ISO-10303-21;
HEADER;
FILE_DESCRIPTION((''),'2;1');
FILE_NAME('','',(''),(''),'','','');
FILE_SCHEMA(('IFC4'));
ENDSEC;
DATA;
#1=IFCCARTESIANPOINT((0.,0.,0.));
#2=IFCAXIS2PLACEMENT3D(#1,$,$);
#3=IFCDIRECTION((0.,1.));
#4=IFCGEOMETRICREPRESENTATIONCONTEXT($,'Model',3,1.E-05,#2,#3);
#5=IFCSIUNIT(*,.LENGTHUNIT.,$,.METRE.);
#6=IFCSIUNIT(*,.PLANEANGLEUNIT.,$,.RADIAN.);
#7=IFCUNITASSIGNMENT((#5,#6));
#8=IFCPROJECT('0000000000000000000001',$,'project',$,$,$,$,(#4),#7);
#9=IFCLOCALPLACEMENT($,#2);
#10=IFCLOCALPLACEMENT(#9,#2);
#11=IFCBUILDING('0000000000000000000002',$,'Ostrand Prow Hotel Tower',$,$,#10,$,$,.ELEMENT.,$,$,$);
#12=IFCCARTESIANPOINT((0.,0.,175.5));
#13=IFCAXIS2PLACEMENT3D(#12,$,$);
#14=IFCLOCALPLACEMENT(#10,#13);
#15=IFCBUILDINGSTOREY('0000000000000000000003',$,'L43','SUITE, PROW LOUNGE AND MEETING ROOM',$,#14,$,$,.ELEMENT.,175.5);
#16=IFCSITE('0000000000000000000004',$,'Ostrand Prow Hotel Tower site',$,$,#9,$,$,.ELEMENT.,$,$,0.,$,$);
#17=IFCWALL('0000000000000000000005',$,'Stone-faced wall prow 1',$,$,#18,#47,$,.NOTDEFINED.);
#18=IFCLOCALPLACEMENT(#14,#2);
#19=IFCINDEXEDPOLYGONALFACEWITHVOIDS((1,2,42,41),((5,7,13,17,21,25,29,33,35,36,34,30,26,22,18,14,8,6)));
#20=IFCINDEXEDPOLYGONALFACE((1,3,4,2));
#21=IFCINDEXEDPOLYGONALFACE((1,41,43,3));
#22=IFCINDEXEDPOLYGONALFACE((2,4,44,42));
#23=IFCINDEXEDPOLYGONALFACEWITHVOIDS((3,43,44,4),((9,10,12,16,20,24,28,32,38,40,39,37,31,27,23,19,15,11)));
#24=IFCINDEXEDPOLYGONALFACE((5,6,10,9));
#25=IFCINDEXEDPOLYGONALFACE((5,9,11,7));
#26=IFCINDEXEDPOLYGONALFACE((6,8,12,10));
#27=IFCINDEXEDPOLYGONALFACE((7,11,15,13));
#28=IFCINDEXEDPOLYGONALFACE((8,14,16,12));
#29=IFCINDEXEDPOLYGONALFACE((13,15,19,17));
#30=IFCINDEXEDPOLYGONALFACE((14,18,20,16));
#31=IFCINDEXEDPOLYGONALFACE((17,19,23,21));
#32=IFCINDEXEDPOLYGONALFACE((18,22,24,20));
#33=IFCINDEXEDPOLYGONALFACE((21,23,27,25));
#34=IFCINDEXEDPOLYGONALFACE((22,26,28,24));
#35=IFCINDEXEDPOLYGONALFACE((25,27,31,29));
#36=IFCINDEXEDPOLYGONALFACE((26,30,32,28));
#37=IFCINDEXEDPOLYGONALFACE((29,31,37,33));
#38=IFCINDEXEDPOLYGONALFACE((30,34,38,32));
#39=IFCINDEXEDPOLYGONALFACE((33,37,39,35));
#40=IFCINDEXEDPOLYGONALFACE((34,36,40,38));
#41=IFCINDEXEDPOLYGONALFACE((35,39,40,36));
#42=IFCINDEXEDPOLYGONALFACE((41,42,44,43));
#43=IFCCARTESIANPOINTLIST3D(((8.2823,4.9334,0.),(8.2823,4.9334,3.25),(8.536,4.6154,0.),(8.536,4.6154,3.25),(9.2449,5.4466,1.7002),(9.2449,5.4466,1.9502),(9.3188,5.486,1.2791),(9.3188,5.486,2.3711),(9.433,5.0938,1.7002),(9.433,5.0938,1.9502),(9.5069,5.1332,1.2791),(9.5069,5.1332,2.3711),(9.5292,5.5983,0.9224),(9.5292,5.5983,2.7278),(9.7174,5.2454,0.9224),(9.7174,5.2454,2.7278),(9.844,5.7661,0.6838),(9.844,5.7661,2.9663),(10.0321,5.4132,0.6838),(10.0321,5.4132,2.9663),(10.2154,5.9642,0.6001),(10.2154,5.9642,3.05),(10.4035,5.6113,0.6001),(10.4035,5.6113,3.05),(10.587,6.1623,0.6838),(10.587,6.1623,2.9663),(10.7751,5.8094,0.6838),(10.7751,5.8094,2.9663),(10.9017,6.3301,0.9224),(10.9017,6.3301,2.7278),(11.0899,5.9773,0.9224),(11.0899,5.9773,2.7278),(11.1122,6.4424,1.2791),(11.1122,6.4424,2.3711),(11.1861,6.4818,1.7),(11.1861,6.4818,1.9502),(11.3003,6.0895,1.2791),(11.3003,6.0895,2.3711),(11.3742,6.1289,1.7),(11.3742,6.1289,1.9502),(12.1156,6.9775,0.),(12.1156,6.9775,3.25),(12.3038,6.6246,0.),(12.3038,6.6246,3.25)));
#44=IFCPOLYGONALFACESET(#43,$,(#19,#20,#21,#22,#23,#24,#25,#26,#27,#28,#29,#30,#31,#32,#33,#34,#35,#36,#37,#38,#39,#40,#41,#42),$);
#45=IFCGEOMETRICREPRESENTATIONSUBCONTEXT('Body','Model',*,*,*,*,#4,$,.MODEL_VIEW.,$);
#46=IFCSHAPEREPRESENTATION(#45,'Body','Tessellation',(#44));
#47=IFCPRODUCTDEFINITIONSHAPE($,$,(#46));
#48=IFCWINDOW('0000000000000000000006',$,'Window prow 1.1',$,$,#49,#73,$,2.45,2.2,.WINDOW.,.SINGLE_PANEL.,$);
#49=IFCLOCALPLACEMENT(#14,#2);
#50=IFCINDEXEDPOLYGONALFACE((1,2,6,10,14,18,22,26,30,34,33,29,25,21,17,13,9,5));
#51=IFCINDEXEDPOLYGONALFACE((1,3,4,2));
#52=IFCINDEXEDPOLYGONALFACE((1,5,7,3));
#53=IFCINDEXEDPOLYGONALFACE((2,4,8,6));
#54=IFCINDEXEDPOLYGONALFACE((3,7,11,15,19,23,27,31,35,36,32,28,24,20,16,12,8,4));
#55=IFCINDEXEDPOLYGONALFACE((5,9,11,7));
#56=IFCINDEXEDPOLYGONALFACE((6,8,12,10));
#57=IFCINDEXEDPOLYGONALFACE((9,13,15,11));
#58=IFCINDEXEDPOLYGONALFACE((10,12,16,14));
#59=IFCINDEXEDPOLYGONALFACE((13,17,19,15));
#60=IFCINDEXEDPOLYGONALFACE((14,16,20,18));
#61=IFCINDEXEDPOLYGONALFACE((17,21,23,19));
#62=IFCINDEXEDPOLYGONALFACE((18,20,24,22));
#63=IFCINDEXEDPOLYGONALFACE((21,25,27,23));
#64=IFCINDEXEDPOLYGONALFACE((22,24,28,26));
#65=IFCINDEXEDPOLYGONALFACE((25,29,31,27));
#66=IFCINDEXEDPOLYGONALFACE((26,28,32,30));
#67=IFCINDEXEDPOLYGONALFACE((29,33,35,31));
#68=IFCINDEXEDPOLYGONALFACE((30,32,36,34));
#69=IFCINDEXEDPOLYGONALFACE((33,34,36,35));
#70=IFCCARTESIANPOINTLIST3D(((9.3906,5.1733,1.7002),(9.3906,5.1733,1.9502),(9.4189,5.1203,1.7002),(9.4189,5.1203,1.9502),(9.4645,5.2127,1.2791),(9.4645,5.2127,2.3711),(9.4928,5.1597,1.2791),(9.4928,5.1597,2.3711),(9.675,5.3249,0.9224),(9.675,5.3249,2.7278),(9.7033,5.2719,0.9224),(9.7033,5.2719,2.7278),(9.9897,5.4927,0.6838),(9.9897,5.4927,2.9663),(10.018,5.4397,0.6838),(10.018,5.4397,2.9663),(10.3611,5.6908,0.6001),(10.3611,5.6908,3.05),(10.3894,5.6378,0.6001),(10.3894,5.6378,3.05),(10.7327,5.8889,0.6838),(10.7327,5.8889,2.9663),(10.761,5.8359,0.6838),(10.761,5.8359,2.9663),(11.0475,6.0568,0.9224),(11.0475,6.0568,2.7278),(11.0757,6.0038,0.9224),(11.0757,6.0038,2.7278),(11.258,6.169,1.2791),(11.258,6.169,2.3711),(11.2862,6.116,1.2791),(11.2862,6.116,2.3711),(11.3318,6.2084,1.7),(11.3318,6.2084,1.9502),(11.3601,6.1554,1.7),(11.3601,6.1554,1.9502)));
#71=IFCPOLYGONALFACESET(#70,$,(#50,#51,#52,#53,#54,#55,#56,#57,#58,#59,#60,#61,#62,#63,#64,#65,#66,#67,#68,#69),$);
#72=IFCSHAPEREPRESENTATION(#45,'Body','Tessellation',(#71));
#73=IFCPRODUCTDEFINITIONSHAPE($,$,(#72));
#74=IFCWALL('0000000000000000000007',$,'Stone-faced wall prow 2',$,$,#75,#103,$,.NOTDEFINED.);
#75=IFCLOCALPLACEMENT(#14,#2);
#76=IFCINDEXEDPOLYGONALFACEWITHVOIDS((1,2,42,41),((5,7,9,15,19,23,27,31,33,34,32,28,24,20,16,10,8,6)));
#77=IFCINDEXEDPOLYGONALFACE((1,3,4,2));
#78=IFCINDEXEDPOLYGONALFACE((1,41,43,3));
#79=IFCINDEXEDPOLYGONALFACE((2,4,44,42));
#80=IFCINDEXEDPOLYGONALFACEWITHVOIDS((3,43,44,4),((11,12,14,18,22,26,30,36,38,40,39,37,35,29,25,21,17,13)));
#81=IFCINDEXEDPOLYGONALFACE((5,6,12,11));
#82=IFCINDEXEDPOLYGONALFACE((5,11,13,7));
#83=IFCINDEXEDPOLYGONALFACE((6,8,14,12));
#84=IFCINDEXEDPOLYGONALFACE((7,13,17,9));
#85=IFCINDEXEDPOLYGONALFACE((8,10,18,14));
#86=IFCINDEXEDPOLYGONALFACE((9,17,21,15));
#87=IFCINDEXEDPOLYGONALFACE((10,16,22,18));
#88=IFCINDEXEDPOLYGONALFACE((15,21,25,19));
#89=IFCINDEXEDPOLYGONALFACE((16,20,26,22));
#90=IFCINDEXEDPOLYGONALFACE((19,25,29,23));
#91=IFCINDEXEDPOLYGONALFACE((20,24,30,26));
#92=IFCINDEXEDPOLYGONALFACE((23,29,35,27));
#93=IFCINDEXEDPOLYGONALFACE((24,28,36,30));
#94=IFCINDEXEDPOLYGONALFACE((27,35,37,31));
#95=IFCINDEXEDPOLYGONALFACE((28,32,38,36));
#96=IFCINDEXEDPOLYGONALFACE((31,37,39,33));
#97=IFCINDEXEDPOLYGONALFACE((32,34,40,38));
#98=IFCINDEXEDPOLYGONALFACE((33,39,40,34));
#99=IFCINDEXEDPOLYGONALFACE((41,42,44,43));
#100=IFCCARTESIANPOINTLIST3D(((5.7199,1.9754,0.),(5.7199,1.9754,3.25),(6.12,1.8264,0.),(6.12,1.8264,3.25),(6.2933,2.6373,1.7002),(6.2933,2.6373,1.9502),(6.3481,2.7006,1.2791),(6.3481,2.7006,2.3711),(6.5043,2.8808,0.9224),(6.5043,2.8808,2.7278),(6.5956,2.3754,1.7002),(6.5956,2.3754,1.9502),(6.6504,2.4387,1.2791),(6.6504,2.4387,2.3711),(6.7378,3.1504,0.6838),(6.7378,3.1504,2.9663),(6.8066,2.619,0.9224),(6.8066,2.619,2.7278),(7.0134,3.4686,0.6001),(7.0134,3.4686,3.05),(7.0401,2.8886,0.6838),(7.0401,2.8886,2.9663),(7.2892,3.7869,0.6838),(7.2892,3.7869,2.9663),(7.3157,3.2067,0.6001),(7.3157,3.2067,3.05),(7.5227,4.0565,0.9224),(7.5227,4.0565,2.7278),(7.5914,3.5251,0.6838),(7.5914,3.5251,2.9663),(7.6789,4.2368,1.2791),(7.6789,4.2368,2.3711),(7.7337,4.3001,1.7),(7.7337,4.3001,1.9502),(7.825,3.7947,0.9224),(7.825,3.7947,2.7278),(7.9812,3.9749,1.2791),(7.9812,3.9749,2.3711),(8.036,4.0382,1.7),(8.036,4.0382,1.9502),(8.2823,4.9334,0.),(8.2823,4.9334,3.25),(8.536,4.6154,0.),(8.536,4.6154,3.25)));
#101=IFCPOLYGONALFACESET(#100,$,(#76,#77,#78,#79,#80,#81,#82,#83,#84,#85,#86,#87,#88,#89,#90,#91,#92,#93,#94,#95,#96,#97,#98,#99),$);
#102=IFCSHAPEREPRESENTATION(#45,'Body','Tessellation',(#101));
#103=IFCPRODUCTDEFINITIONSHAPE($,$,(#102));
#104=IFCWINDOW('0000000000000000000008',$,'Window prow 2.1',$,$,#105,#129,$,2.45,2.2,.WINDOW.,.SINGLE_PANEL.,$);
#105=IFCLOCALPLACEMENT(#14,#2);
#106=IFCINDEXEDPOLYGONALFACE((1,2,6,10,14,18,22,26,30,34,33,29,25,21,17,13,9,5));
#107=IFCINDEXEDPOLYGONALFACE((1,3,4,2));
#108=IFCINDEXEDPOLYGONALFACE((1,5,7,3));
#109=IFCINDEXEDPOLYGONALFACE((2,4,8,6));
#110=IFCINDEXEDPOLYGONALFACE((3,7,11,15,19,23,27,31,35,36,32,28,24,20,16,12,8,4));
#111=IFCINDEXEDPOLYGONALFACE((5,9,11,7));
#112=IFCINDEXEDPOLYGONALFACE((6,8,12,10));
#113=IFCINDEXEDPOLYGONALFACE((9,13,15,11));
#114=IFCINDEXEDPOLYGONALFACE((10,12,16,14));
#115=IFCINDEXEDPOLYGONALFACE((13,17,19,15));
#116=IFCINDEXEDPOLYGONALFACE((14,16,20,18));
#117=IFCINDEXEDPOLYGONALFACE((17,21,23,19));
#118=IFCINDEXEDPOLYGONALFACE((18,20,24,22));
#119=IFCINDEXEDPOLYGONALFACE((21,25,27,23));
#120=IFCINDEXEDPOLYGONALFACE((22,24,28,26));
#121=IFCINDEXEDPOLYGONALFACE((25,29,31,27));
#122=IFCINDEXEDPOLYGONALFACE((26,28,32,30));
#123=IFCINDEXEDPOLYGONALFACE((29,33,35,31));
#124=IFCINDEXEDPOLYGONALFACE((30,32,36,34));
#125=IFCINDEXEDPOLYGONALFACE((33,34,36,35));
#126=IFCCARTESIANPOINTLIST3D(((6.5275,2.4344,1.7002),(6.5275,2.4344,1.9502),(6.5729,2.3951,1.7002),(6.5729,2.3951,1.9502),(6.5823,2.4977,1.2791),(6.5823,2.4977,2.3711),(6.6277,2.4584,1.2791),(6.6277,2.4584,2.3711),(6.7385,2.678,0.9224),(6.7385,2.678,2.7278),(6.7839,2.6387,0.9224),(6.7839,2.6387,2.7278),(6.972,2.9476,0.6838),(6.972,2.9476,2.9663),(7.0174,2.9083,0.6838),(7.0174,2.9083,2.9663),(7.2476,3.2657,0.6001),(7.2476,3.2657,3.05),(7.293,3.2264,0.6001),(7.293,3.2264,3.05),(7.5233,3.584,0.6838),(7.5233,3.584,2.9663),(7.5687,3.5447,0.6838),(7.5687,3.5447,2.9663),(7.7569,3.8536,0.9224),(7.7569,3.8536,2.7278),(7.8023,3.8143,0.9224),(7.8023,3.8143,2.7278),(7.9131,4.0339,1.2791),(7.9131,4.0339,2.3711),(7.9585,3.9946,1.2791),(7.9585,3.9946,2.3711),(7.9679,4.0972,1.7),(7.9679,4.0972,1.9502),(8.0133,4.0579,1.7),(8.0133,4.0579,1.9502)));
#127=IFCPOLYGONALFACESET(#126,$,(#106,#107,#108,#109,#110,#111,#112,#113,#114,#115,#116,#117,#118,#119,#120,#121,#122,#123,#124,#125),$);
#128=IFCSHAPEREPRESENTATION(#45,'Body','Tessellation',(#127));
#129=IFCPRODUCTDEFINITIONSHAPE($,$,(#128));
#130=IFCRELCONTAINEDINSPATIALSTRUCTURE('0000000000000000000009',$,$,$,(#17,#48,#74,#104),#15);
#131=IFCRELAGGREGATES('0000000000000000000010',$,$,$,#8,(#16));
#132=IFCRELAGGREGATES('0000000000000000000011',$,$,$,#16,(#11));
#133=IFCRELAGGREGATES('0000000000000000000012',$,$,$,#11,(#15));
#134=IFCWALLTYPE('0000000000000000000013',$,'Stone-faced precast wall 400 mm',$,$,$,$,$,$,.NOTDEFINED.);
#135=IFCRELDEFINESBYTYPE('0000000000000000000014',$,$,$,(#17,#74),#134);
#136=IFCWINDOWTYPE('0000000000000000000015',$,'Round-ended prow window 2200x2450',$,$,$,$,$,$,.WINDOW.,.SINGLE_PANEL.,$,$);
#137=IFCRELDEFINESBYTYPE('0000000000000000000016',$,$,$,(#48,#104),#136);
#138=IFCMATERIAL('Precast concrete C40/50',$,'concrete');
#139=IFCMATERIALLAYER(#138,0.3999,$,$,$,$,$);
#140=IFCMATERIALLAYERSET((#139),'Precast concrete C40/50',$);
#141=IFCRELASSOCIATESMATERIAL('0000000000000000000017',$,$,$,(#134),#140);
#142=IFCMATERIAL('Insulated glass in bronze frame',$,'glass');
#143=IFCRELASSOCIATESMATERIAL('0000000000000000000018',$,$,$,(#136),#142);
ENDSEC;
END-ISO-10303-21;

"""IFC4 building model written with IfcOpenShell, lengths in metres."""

from ifc_helpers import new_model, si_unit, direction, frame, origin, place, context, subcontext, project, spatial, polyline, outline, extrude, material, layer, layer_set, type_object, element, fill, save


model = new_model("IFC4")

# Units and contexts
model_context = context("Model", 3, precision=1e-05, world=origin(), true_north=direction((0.0, 1.0)))
body_context = subcontext(model_context, "Body", "Model", "MODEL_VIEW")
ifc_project = project(units=[si_unit("LENGTHUNIT", "METRE"), si_unit("PLANEANGLEUNIT", "RADIAN")], contexts=[model_context])

# Site, building, storey
site_placement = place(None, origin())
site = spatial("IfcSite", under=ifc_project, at=site_placement, Name="Ostrand Prow Hotel Tower site", CompositionType="ELEMENT", RefElevation=0.0)
building_placement = place(site_placement, origin())
building = spatial("IfcBuilding", under=site, at=building_placement, Name="Ostrand Prow Hotel Tower", CompositionType="ELEMENT")
storey_placement = place(building_placement, frame((0.0, 0.0, 175.5)))
storey = spatial("IfcBuildingStorey", under=building, at=storey_placement, Name="L43", Description="SUITE, PROW LOUNGE AND MEETING ROOM", CompositionType="ELEMENT", Elevation=175.5)

# Walls, openings, windows
ifc_material_1 = material(Name="Precast concrete C40/50", Category="concrete")
ifc_layer_1 = layer(ifc_material_1, 0.3999)
ifc_layer_set_1 = layer_set([ifc_layer_1], Name="Precast concrete C40/50")
wall_type = type_object("IfcWallType", Name="Stone-faced precast wall 400 mm", PredefinedType="NOTDEFINED", material=ifc_layer_set_1)
wall_1_placement = place(storey_placement, frame((12.2097, 6.801, 0.0), z_axis=(0.0, 0.0, 1.0), x_axis=(-0.882386, -0.470526, 0.0)))
wall_1 = element("IfcWall", 1, at=wall_1_placement, inside=storey, type_object=wall_type, Name="Stone-faced wall prow 1", PredefinedType="NOTDEFINED", context=body_context, shape_type="SweptSolid", body=[
    extrude(outline(polyline([(0.0, -0.2), (4.3442, -0.2), (4.27, 0.2), (0.0, 0.2), (0.0, -0.2)])), origin(), (0.0, 0.0, 1.0), 3.25),
])
opening_1_placement = place(wall_1_placement, frame((1.0535, 0.0, 0.6001)))
opening_1 = element("IfcOpeningElement", 2, at=opening_1_placement, cuts=wall_1, PredefinedType="OPENING", context=body_context, shape_type="SweptSolid", body=[
    extrude(outline(polyline([(0.0, 1.3501), (0.0837, 1.771), (0.3223, 2.1277), (0.679, 2.3662), (1.1001, 2.45), (1.521, 2.3662), (1.8777, 2.1277), (2.1162, 1.771), (2.2, 1.3501), (2.2, 1.1001), (2.1162, 0.679), (1.8777, 0.3223), (1.521, 0.0837), (1.1001, 0.0), (0.679, 0.0837), (0.3223, 0.3223), (0.0837, 0.679), (0.0, 1.0999), (0.0, 1.3501)])), frame((0.0, 0.21, 0.0), z_axis=(0.0, -1.0, 0.0), x_axis=(1.0, 0.0, 0.0)), (0.0, 0.0, 1.0), 0.4199),
])
ifc_material_2 = material(Name="Insulated glass in bronze frame", Category="glass")
window_type = type_object("IfcWindowType", Name="Round-ended prow window 2200x2450", PartitioningType="SINGLE_PANEL", PredefinedType="WINDOW", material=ifc_material_2)
window_1_placement = place(opening_1_placement, origin())
window_1 = element("IfcWindow", 3, at=window_1_placement, inside=storey, type_object=window_type, Name="Window prow 1.1", OverallHeight=2.45, OverallWidth=2.2, PartitioningType="SINGLE_PANEL", PredefinedType="WINDOW", context=body_context, shape_type="SweptSolid", body=[
    extrude(outline(polyline([(0.0, 1.3501), (0.0837, 1.771), (0.3223, 2.1277), (0.679, 2.3662), (1.1001, 2.45), (1.521, 2.3662), (1.8777, 2.1277), (2.1162, 1.771), (2.2, 1.3501), (2.2, 1.1001), (2.1162, 0.679), (1.8777, 0.3223), (1.521, 0.0837), (1.1001, 0.0), (0.679, 0.0837), (0.3223, 0.3223), (0.0837, 0.679), (0.0, 1.0999), (0.0, 1.3501)])), frame((0.0, 0.1699, 0.0), z_axis=(0.0, -1.0, 0.0), x_axis=(1.0, 0.0, 0.0)), (0.0, 0.0, 1.0), 0.0601),
])
fill(opening_1, window_1)
wall_2_placement = place(storey_placement, frame((8.4092, 4.7744, 0.0), z_axis=(0.0, 0.0, 1.0), x_axis=(-0.654759, -0.755837, 0.0)))
wall_2 = element("IfcWall", 4, at=wall_2_placement, inside=storey, type_object=wall_type, Name="Stone-faced wall prow 2", PredefinedType="NOTDEFINED", context=body_context, shape_type="SweptSolid", body=[
    extrude(outline(polyline([(-0.0371, -0.2), (3.8765, -0.2), (3.7271, 0.2), (0.0371, 0.2), (-0.0371, -0.2)])), origin(), (0.0, 0.0, 1.0), 3.25),
])
opening_2_placement = place(wall_2_placement, frame((0.8008, 0.0, 0.6001)))
opening_2 = element("IfcOpeningElement", 5, at=opening_2_placement, cuts=wall_2, PredefinedType="OPENING", context=body_context, shape_type="SweptSolid", body=[
    extrude(outline(polyline([(0.0, 1.3501), (0.0837, 1.771), (0.3223, 2.1277), (0.679, 2.3662), (1.1001, 2.45), (1.521, 2.3662), (1.8777, 2.1277), (2.1162, 1.771), (2.2, 1.3501), (2.2, 1.1001), (2.1162, 0.679), (1.8777, 0.3223), (1.521, 0.0837), (1.1001, 0.0), (0.679, 0.0837), (0.3223, 0.3223), (0.0837, 0.679), (0.0, 1.0999), (0.0, 1.3501)])), frame((0.0, 0.21, 0.0), z_axis=(0.0, -1.0, 0.0), x_axis=(1.0, 0.0, 0.0)), (0.0, 0.0, 1.0), 0.4199),
])
window_2_placement = place(opening_2_placement, origin())
window_2 = element("IfcWindow", 6, at=window_2_placement, inside=storey, type_object=window_type, Name="Window prow 2.1", OverallHeight=2.45, OverallWidth=2.2, PartitioningType="SINGLE_PANEL", PredefinedType="WINDOW", context=body_context, shape_type="SweptSolid", body=[
    extrude(outline(polyline([(0.0, 1.3501), (0.0837, 1.771), (0.3223, 2.1277), (0.679, 2.3662), (1.1001, 2.45), (1.521, 2.3662), (1.8777, 2.1277), (2.1162, 1.771), (2.2, 1.3501), (2.2, 1.1001), (2.1162, 0.679), (1.8777, 0.3223), (1.521, 0.0837), (1.1001, 0.0), (0.679, 0.0837), (0.3223, 0.3223), (0.0837, 0.679), (0.0, 1.0999), (0.0, 1.3501)])), frame((0.0, 0.1699, 0.0), z_axis=(0.0, -1.0, 0.0), x_axis=(1.0, 0.0, 0.0)), (0.0, 0.0, 1.0), 0.0601),
])
fill(opening_2, window_2)

save(model, "model.ifc")
